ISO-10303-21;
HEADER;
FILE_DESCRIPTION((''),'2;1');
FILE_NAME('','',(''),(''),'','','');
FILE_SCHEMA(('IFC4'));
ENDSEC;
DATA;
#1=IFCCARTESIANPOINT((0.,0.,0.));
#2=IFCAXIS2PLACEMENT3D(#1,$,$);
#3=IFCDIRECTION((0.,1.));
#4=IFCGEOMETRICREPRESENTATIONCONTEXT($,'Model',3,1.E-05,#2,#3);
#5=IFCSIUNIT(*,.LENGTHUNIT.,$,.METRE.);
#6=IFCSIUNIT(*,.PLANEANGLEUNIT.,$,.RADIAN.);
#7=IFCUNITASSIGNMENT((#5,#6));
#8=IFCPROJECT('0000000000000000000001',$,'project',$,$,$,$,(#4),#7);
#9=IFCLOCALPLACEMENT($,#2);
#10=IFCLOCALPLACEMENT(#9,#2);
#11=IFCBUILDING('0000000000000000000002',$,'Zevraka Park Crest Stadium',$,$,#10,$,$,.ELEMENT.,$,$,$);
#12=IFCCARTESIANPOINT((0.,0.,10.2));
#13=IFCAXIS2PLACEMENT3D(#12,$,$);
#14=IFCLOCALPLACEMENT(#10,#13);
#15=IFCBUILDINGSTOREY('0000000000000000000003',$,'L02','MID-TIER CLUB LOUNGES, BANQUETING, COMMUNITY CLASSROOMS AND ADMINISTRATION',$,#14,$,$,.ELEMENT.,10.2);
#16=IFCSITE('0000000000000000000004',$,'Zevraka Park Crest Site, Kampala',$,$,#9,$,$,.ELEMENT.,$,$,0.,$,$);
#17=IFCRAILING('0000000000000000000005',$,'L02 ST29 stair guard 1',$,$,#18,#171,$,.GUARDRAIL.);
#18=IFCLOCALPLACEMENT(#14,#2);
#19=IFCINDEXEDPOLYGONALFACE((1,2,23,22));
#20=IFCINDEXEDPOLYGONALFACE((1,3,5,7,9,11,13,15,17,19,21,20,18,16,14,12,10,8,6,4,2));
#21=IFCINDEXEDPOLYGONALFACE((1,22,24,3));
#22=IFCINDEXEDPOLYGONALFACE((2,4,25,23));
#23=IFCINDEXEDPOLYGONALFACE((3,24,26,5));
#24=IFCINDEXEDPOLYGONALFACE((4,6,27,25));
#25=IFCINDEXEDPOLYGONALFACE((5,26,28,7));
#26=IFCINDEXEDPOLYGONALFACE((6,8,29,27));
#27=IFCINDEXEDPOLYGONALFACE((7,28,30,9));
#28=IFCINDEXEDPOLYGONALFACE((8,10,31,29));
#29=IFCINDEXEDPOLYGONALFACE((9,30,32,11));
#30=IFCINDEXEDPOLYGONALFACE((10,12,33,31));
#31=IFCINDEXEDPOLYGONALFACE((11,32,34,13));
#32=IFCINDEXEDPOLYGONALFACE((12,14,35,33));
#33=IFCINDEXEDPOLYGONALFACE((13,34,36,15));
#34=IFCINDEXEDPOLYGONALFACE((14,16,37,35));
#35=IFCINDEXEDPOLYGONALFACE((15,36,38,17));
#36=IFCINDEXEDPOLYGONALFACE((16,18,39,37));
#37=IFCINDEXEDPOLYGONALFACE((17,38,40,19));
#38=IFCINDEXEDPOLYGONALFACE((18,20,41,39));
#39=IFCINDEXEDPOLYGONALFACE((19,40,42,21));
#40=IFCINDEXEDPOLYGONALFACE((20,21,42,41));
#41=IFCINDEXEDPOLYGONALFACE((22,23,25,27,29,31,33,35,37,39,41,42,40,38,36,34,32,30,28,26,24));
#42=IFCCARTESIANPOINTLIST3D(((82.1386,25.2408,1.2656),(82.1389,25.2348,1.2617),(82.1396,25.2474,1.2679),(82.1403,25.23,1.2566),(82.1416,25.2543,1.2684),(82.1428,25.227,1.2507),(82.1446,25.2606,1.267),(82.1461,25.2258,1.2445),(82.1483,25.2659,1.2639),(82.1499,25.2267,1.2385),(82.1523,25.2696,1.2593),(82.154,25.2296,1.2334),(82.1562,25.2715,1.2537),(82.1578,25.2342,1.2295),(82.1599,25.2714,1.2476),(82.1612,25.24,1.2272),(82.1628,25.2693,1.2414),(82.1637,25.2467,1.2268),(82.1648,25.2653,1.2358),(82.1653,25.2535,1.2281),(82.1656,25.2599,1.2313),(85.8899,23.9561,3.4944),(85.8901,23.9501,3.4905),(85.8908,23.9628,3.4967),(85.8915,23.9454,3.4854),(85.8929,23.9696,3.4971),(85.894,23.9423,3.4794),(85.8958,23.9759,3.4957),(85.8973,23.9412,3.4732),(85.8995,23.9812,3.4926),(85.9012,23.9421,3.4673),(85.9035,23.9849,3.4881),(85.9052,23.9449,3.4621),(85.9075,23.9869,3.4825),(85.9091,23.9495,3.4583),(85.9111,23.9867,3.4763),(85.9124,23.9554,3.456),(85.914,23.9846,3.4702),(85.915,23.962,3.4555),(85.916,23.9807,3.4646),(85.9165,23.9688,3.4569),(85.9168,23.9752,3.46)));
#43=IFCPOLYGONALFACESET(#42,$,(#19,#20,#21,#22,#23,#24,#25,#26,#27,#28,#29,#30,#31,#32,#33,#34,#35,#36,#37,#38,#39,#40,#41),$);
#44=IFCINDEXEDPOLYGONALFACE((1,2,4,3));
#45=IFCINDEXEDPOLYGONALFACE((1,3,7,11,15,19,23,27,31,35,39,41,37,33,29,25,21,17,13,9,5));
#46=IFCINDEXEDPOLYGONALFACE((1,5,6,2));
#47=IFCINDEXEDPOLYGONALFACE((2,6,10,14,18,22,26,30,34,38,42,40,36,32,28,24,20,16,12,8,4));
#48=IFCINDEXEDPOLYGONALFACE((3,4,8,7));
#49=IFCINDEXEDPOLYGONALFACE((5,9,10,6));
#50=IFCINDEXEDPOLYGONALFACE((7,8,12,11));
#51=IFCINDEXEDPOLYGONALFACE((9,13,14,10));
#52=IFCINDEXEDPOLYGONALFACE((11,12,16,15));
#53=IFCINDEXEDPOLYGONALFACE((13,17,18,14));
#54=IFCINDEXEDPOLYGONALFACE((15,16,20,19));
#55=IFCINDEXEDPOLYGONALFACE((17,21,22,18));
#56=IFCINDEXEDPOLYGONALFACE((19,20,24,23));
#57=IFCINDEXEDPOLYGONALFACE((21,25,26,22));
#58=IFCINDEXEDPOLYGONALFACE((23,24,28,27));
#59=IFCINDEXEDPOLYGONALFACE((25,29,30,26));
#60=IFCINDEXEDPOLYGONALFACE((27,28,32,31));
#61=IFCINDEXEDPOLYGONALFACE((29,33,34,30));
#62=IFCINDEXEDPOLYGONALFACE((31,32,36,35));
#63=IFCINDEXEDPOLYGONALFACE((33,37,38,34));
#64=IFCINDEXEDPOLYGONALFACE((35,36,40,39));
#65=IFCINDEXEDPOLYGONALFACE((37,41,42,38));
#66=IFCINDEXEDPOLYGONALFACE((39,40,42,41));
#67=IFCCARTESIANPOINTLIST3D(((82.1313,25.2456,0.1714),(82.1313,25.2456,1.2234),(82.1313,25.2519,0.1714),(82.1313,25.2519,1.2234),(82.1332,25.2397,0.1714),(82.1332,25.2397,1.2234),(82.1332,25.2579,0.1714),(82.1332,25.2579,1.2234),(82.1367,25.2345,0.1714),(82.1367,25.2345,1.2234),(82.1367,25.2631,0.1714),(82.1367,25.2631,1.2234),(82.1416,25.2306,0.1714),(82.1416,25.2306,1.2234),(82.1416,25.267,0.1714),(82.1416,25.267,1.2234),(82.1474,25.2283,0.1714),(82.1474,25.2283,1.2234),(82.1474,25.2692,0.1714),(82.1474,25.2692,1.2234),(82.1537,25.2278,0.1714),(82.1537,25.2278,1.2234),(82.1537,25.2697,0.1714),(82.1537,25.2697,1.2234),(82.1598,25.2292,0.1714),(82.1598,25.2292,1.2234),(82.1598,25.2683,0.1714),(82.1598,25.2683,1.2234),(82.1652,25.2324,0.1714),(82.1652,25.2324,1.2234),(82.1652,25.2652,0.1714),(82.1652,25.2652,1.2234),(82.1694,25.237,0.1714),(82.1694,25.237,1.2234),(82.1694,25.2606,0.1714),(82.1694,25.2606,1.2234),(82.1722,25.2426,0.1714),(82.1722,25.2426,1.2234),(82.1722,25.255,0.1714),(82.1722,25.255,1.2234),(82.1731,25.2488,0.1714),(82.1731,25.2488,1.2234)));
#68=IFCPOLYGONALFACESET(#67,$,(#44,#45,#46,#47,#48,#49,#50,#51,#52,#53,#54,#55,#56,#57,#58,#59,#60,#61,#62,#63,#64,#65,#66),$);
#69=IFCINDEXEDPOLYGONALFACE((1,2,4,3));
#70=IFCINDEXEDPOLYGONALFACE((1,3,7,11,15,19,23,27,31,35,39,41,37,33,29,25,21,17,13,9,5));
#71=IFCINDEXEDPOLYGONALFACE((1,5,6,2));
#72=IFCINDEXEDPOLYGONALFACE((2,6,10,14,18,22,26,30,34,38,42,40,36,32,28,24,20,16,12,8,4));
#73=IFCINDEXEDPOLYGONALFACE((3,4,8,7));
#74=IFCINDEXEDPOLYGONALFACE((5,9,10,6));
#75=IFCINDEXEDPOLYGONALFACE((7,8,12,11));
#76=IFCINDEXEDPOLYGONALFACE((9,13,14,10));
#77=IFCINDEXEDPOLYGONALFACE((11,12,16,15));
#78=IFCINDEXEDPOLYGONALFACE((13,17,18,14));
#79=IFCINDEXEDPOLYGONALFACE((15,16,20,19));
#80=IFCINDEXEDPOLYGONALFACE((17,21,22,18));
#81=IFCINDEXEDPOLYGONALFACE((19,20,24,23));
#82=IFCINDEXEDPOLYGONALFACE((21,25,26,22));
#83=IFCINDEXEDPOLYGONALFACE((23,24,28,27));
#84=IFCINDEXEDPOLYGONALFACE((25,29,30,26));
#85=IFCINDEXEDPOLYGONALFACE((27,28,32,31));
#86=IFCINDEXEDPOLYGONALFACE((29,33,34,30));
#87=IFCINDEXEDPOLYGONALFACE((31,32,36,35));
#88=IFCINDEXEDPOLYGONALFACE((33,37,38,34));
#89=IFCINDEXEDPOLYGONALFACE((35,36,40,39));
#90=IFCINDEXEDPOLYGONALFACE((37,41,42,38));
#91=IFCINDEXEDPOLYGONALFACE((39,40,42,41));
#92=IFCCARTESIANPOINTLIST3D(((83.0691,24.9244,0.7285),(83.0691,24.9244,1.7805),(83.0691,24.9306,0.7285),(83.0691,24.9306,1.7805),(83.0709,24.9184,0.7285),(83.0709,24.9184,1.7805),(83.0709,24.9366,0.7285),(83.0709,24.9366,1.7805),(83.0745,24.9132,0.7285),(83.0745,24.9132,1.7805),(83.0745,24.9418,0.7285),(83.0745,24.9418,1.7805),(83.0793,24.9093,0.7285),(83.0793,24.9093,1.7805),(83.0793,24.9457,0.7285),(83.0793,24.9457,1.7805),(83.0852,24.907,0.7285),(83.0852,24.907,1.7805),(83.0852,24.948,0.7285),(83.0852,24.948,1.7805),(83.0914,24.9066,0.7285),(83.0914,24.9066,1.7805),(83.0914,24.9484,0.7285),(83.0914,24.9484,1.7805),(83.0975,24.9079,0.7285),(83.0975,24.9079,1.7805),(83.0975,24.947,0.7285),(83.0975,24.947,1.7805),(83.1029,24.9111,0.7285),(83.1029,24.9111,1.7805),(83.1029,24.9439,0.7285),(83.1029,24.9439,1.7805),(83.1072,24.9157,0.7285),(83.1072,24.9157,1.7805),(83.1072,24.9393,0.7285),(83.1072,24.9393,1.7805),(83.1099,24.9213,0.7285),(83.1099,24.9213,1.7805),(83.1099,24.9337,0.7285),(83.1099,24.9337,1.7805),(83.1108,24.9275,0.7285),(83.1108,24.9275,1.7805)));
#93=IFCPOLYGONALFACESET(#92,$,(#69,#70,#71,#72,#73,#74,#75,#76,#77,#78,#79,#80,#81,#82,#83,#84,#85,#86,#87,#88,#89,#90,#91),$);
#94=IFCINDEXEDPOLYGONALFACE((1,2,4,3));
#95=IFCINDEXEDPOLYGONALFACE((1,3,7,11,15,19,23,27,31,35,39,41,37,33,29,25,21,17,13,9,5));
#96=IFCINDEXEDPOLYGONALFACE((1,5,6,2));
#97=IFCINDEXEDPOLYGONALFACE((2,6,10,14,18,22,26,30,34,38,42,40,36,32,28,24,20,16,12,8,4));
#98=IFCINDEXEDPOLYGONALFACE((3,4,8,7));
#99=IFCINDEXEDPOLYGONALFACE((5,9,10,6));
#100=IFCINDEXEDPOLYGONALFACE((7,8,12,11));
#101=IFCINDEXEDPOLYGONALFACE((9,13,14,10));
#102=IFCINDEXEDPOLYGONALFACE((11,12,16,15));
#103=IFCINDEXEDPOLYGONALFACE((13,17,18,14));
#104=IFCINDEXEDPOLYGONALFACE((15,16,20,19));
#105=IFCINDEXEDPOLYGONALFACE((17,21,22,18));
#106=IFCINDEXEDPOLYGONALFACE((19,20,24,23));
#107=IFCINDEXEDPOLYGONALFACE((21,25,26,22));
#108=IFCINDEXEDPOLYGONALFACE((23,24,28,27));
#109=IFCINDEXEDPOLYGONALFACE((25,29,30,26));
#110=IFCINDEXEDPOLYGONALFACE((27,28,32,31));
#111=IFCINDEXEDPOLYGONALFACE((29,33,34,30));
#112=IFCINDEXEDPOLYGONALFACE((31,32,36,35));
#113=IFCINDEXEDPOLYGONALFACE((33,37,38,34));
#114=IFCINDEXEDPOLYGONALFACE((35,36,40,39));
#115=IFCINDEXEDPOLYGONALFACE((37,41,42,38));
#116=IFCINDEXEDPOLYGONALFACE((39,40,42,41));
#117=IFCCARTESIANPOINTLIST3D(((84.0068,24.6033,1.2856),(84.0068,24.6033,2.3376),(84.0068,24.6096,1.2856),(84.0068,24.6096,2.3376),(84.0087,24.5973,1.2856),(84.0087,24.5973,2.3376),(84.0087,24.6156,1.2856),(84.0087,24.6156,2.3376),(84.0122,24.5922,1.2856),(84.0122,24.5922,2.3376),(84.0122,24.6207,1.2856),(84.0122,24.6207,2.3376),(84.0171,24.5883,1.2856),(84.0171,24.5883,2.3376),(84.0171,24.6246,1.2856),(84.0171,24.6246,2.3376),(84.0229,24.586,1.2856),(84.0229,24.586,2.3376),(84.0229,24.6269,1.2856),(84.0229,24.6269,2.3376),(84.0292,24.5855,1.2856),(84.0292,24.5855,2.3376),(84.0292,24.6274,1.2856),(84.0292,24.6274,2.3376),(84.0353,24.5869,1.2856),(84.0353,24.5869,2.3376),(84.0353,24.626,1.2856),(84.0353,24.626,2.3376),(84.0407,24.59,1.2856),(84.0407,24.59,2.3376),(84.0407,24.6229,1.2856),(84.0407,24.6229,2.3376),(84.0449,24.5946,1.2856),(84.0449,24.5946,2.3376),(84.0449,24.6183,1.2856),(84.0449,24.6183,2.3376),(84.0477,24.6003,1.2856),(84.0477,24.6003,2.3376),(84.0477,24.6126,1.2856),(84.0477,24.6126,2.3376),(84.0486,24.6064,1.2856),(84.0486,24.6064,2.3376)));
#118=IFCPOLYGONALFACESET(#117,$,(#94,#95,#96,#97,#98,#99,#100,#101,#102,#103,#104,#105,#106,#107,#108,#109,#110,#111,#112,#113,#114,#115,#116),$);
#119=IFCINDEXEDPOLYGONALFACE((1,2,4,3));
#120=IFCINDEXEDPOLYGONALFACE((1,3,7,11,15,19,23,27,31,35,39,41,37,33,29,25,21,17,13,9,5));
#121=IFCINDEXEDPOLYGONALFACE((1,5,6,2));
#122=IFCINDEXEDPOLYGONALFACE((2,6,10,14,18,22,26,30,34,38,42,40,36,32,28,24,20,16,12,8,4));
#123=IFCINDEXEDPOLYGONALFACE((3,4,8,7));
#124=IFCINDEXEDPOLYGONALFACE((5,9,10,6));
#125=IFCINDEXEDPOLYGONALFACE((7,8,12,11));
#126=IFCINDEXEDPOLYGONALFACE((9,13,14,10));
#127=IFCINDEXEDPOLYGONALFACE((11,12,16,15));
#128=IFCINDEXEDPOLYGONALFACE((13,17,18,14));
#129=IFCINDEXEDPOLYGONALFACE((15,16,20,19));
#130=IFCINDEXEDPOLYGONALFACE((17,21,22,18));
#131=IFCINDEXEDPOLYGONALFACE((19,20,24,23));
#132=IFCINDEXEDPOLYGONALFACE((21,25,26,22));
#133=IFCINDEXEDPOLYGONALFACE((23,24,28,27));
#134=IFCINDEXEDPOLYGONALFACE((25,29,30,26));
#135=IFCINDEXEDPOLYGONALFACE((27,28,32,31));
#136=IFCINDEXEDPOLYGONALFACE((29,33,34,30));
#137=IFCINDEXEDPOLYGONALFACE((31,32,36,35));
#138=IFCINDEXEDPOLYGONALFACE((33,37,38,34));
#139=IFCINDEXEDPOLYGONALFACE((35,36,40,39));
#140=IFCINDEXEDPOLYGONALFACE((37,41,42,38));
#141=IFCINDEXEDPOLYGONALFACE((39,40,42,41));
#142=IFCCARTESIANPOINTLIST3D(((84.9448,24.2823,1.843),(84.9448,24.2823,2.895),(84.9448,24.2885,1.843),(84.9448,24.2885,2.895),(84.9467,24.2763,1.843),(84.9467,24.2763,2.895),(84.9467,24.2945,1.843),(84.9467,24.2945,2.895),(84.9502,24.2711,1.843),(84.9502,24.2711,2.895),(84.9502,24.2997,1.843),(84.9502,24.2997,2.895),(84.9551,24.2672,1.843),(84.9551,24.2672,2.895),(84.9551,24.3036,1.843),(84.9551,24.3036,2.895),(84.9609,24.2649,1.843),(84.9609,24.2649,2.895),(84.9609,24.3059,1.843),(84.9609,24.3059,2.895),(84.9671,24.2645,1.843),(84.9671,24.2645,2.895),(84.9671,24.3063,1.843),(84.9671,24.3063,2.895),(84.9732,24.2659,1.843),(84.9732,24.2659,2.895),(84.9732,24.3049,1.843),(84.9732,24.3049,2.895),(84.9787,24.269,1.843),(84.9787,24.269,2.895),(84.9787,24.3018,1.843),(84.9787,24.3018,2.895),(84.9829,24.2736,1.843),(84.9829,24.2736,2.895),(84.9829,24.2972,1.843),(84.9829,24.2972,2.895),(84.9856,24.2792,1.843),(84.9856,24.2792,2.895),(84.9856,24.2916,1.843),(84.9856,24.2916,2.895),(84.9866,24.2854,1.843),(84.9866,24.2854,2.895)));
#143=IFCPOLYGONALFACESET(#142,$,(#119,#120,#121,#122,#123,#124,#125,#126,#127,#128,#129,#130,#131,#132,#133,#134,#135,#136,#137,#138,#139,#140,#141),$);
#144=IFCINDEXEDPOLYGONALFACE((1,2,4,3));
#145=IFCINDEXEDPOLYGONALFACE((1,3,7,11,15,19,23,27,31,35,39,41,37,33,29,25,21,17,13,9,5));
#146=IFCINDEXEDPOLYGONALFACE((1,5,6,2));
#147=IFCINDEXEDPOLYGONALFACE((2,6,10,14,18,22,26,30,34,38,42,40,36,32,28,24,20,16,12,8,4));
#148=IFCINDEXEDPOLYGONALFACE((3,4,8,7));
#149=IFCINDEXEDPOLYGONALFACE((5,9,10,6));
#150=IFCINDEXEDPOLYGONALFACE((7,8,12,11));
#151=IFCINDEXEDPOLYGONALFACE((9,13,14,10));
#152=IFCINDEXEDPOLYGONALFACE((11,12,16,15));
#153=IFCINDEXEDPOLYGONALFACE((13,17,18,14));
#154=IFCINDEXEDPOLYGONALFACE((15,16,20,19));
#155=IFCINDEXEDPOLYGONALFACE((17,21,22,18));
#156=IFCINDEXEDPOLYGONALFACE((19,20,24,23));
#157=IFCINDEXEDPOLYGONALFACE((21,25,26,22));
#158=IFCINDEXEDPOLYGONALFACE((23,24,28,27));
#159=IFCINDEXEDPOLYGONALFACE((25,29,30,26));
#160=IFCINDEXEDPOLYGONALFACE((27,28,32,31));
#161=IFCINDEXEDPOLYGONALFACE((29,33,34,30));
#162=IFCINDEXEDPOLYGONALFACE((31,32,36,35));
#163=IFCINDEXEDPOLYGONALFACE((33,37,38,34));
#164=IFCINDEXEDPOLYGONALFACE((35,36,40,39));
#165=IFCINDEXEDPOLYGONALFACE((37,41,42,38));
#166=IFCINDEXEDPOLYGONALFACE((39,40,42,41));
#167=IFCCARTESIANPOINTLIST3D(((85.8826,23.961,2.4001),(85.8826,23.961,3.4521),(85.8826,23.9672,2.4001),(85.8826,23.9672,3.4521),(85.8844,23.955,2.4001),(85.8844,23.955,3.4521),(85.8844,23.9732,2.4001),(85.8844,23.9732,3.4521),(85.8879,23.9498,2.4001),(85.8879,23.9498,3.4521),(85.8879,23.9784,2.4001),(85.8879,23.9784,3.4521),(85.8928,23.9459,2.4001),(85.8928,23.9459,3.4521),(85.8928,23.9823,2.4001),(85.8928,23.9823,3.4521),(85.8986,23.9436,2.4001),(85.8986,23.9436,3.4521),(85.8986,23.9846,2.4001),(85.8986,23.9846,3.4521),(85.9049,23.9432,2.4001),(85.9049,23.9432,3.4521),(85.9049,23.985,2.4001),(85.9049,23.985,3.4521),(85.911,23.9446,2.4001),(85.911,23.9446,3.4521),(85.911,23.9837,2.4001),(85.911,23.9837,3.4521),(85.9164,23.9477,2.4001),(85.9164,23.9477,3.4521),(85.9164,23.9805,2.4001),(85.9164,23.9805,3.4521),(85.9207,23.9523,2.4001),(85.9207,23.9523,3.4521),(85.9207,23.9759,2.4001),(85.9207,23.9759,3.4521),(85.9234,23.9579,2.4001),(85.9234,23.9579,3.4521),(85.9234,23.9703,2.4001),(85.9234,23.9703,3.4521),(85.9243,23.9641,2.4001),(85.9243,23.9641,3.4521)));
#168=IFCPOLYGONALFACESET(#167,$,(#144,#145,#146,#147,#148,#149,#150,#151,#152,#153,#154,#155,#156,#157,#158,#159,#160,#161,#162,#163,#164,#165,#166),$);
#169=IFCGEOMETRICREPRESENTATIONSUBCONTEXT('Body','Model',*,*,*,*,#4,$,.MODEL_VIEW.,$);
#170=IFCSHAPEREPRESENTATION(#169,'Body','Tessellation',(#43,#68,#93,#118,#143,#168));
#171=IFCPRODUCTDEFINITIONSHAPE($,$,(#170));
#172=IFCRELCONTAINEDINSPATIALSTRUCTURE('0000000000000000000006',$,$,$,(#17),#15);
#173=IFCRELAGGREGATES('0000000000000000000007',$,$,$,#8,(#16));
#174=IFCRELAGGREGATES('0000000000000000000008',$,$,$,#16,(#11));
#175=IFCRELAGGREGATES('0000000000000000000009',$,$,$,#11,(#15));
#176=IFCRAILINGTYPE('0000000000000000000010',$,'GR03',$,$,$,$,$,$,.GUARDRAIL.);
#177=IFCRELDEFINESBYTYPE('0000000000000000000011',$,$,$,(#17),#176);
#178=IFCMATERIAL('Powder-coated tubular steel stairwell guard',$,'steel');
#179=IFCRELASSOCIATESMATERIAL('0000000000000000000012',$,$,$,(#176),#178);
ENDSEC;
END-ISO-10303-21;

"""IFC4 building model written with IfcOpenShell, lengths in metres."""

from ifc_helpers import new_model, si_unit, direction, frame, origin, origin_2d, place, context, subcontext, project, spatial, circle, extrude, material, type_object, element, save


model = new_model("IFC4")

# Units and contexts
model_context = context("Model", 3, precision=1e-05, world=origin(), true_north=direction((0.0, 1.0)))
body_context = subcontext(model_context, "Body", "Model", "MODEL_VIEW")
ifc_project = project(units=[si_unit("LENGTHUNIT", "METRE"), si_unit("PLANEANGLEUNIT", "RADIAN")], contexts=[model_context])

# Site, building, storey
site_placement = place(None, origin())
site = spatial("IfcSite", under=ifc_project, at=site_placement, Name="Zevraka Park Crest Site, Kampala", CompositionType="ELEMENT", RefElevation=0.0)
building_placement = place(site_placement, origin())
building = spatial("IfcBuilding", under=site, at=building_placement, Name="Zevraka Park Crest Stadium", CompositionType="ELEMENT")
storey_placement = place(building_placement, frame((0.0, 0.0, 10.2)))
storey = spatial("IfcBuildingStorey", under=building, at=storey_placement, Name="L02", Description="MID-TIER CLUB LOUNGES, BANQUETING, COMMUNITY CLASSROOMS AND ADMINISTRATION", CompositionType="ELEMENT", Elevation=10.2)

# Railing
ifc_material_1 = material(Name="Powder-coated tubular steel stairwell guard", Category="steel")
railing_type_1 = type_object("IfcRailingType", Name="GR03", PredefinedType="GUARDRAIL", material=ifc_material_1)
railing_1_placement = place(storey_placement, frame((82.1521, 25.2488, 0.1714)))
element("IfcRailing", 1, at=railing_1_placement, inside=storey, type_object=railing_type_1, Name="L02 ST29 stair guard 1", PredefinedType="GUARDRAIL", context=body_context, shape_type="SweptSolid", body=[
    extrude(circle(Radius=0.0239, at=origin_2d()), frame((0.0, 0.0, 1.0762), z_axis=(0.824705, -0.282434, 0.489992), x_axis=(0.323994, 0.946059, 0.0)), (0.0, 0.0, 1.0), 4.5486),
    extrude(circle(Radius=0.021, at=origin_2d()), origin(), (0.0, 0.0, 1.0), 1.052),
    extrude(circle(Radius=0.021, at=origin_2d()), frame((0.9377, -0.3213, 0.5571)), (0.0, 0.0, 1.0), 1.052),
    extrude(circle(Radius=0.021, at=origin_2d()), frame((1.8755, -0.6423, 1.1143)), (0.0, 0.0, 1.0), 1.052),
    extrude(circle(Radius=0.021, at=origin_2d()), frame((2.8135, -0.9634, 1.6716)), (0.0, 0.0, 1.0), 1.052),
    extrude(circle(Radius=0.021, at=origin_2d()), frame((3.7512, -1.2847, 2.2288)), (0.0, 0.0, 1.0), 1.052),
])

save(model, "model.ifc")
